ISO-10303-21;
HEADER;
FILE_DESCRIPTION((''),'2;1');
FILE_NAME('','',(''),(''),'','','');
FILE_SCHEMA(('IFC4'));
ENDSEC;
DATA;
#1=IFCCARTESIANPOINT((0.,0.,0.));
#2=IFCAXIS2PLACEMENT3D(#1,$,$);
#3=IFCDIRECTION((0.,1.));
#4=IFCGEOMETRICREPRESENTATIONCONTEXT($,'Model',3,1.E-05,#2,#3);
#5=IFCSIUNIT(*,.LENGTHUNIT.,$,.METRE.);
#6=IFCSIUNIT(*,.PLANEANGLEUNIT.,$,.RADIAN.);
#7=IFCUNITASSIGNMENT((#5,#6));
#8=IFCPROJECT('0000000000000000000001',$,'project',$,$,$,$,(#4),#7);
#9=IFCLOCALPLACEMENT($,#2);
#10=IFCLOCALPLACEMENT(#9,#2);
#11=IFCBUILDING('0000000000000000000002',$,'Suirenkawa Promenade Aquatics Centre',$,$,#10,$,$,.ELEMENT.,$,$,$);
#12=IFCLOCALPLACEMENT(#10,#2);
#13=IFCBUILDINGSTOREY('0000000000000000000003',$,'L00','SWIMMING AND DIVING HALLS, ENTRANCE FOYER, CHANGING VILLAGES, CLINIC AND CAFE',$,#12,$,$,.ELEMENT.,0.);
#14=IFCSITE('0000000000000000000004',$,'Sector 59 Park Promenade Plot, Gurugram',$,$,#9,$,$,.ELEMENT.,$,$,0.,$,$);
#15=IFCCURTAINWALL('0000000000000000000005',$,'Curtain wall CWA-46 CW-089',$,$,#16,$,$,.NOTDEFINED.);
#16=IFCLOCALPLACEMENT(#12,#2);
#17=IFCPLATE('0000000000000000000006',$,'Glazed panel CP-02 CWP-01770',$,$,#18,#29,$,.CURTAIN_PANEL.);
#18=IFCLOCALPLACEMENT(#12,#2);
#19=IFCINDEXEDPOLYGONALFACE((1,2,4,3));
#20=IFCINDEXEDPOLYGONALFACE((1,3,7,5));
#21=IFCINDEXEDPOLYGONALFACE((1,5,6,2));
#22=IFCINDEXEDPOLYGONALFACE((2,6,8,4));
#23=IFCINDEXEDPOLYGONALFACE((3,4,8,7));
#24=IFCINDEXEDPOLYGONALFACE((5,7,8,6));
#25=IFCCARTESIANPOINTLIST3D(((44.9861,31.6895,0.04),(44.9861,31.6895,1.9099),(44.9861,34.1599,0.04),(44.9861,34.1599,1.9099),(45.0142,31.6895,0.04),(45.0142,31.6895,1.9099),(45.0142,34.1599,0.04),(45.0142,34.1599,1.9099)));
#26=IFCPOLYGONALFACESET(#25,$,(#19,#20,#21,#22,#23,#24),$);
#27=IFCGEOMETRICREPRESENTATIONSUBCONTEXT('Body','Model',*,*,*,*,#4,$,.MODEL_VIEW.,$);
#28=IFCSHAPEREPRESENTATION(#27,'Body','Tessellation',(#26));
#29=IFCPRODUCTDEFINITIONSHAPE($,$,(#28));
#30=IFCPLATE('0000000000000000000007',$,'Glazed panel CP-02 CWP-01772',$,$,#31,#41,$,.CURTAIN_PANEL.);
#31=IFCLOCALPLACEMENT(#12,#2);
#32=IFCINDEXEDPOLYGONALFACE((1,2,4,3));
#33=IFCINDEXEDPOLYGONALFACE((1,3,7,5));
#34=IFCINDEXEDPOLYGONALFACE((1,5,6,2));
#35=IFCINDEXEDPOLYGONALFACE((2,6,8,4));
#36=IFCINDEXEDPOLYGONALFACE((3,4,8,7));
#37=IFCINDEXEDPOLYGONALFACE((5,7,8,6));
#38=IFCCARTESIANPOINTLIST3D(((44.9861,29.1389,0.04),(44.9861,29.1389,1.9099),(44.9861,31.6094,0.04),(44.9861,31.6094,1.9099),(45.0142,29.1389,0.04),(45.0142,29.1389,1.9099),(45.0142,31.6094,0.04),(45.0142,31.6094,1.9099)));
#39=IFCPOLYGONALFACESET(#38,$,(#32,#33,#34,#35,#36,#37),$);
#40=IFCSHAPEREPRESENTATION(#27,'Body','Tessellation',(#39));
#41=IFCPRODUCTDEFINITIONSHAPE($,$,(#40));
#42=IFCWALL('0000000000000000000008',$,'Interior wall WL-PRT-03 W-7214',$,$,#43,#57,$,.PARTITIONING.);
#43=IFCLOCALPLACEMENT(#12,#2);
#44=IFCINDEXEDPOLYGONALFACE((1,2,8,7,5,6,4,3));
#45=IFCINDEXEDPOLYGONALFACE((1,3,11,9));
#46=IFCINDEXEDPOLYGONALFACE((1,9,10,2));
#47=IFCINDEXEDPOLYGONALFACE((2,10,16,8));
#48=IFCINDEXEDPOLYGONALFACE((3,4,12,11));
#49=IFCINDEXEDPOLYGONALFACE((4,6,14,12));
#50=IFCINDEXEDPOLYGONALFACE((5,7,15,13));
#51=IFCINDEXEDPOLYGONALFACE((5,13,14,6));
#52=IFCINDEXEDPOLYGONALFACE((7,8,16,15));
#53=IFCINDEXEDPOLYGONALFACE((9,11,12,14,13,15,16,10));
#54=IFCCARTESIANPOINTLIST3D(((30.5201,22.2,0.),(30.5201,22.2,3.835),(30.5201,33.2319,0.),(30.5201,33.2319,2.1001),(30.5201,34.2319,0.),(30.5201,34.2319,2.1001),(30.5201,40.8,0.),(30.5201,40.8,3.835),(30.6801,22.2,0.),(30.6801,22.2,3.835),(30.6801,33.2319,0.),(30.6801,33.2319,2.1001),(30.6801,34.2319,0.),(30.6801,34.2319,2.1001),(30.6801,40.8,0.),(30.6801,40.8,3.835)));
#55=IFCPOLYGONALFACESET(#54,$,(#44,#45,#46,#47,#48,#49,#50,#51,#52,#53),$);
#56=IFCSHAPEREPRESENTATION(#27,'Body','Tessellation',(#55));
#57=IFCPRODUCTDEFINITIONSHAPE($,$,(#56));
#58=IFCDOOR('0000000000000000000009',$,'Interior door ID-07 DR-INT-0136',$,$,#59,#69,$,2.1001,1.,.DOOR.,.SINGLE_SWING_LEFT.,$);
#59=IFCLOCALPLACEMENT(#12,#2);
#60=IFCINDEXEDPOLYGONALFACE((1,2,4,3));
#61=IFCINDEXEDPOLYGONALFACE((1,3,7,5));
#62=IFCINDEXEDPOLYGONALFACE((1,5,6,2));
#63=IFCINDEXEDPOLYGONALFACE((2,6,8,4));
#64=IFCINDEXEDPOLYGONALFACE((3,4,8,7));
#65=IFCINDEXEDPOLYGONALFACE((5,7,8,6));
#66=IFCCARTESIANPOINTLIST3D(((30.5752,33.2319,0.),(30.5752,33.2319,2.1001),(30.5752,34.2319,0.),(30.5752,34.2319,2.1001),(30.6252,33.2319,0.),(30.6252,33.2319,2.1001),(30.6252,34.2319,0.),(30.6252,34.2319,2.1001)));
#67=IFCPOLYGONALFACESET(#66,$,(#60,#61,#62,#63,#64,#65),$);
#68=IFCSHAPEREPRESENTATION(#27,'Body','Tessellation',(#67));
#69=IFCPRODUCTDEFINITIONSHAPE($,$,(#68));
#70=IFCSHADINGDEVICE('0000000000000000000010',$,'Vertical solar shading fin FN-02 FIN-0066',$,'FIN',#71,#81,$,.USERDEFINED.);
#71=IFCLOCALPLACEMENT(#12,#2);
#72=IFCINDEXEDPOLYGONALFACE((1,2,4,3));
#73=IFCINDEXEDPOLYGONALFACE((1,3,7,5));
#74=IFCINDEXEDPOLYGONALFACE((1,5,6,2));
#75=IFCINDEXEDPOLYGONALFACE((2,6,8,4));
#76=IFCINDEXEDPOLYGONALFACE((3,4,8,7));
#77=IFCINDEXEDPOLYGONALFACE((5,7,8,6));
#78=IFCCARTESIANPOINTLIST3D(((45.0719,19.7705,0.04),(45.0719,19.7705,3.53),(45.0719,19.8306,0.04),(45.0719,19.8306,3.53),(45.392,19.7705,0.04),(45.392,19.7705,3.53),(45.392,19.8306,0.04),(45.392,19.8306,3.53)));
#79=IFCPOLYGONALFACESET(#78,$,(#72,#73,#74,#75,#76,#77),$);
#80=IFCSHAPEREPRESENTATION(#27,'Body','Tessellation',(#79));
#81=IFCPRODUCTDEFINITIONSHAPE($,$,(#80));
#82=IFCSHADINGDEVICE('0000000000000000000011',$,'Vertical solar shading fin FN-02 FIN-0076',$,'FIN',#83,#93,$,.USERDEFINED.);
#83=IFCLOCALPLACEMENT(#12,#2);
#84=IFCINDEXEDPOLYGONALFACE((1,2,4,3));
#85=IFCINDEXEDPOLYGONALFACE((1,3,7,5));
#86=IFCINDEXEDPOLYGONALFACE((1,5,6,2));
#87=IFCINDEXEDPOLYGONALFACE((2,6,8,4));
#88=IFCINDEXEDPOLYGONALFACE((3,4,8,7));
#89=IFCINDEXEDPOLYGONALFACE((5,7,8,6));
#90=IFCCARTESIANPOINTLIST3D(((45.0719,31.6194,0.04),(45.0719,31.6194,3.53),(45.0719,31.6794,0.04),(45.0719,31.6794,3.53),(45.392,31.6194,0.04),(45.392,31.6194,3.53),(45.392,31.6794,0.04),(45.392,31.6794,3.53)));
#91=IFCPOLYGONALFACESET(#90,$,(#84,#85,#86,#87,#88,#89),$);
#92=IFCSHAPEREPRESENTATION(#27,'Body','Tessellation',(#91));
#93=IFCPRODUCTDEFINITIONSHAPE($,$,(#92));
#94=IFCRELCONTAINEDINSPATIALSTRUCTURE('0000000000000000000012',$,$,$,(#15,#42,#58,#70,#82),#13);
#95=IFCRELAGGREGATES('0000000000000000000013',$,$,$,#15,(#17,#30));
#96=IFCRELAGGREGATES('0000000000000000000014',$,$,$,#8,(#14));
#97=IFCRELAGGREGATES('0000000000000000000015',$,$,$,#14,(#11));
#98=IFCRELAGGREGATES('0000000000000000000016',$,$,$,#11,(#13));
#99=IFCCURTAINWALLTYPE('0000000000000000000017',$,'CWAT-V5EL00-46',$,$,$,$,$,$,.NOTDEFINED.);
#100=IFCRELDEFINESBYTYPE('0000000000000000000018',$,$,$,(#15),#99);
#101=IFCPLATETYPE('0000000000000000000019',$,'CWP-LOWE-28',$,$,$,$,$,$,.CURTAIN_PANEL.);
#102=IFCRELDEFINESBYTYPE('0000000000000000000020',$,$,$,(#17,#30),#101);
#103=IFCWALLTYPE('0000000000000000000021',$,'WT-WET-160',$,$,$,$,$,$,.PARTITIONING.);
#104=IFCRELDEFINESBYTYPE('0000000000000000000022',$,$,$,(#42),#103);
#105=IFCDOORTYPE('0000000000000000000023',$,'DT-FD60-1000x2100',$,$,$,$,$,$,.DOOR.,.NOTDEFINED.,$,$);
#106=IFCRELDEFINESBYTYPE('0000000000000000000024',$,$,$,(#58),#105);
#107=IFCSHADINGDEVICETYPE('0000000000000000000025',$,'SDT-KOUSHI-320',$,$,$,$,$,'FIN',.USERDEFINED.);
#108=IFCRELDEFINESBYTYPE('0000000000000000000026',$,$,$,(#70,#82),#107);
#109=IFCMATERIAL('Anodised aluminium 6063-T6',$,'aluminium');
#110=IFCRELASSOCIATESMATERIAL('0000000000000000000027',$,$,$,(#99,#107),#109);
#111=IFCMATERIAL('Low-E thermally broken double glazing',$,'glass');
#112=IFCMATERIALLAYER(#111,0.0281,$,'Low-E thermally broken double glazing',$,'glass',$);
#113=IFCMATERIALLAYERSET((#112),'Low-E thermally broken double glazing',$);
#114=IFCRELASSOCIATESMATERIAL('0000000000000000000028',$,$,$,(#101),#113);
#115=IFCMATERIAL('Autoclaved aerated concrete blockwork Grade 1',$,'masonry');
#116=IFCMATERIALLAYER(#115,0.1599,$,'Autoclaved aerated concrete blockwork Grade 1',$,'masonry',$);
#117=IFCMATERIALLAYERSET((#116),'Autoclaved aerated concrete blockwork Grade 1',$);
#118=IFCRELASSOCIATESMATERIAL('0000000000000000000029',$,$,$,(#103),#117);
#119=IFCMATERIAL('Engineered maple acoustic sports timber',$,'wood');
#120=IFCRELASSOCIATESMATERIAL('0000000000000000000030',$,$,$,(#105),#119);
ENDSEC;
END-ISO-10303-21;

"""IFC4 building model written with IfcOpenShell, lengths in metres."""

from ifc_helpers import new_model, si_unit, direction, frame, frame_2d, origin, origin_2d, place, context, subcontext, project, spatial, polyline, rectangle, outline, extrude, material, layer, layer_set, type_object, element, fill, aggregate, save


model = new_model("IFC4")

# Units and contexts
model_context = context("Model", 3, precision=1e-05, world=origin(), true_north=direction((0.0, 1.0)))
body_context = subcontext(model_context, "Body", "Model", "MODEL_VIEW")
ifc_project = project(units=[si_unit("LENGTHUNIT", "METRE"), si_unit("PLANEANGLEUNIT", "RADIAN")], contexts=[model_context])

# Site, building, storey
site_placement = place(None, origin())
site = spatial("IfcSite", under=ifc_project, at=site_placement, Name="Sector 59 Park Promenade Plot, Gurugram", CompositionType="ELEMENT", RefElevation=0.0)
building_placement = place(site_placement, origin())
building = spatial("IfcBuilding", under=site, at=building_placement, Name="Suirenkawa Promenade Aquatics Centre", CompositionType="ELEMENT")
storey_placement = place(building_placement, origin())
storey = spatial("IfcBuildingStorey", under=building, at=storey_placement, Name="L00", Description="SWIMMING AND DIVING HALLS, ENTRANCE FOYER, CHANGING VILLAGES, CLINIC AND CAFE", CompositionType="ELEMENT", Elevation=0.0)

# Shared definitions
ifc_material_1 = material(Name="Anodised aluminium 6063-T6", Category="aluminium")

# Curtain wall
curtain_wall_type_1 = type_object("IfcCurtainWallType", Name="CWAT-V5EL00-46", PredefinedType="NOTDEFINED", material=ifc_material_1)
curtain_wall_1_placement = place(storey_placement, origin())
curtain_wall_1 = element("IfcCurtainWall", 1, at=curtain_wall_1_placement, inside=storey, type_object=curtain_wall_type_1, Name="Curtain wall CWA-46 CW-089", PredefinedType="NOTDEFINED")

# Plates
ifc_material_2 = material(Name="Low-E thermally broken double glazing", Category="glass")
ifc_layer_1 = layer(ifc_material_2, 0.0281, Name="Low-E thermally broken double glazing", Category="glass")
ifc_layer_set_1 = layer_set([ifc_layer_1], Name="Low-E thermally broken double glazing")
plate_type = type_object("IfcPlateType", Name="CWP-LOWE-28", PredefinedType="CURTAIN_PANEL", material=ifc_layer_set_1)
plate_1_placement = place(storey_placement, frame((45.0, 34.2, 0.04), z_axis=(0.0, 0.0, 1.0), x_axis=(0.0, -1.0, 0.0)))
plate_1 = element("IfcPlate", 2, at=plate_1_placement, type_object=plate_type, Name="Glazed panel CP-02 CWP-01770", PredefinedType="CURTAIN_PANEL", context=body_context, shape_type="SweptSolid", body=[
    extrude(outline(polyline([(0.04, 0.0), (2.5105, 0.0), (2.5105, 1.8699), (0.04, 1.8699), (0.04, 0.0)])), frame((0.0, 0.0142, 0.0), z_axis=(0.0, -1.0, 0.0), x_axis=(1.0, 0.0, 0.0)), (0.0, 0.0, 1.0), 0.0281),
])
plate_2_placement = place(storey_placement, frame((45.0, 31.6494, 0.04), z_axis=(0.0, 0.0, 1.0), x_axis=(0.0, -1.0, 0.0)))
plate_2 = element("IfcPlate", 3, at=plate_2_placement, type_object=plate_type, Name="Glazed panel CP-02 CWP-01772", PredefinedType="CURTAIN_PANEL", context=body_context, shape_type="SweptSolid", body=[
    extrude(outline(polyline([(0.04, 0.0), (2.5105, 0.0), (2.5105, 1.8699), (0.04, 1.8699), (0.04, 0.0)])), frame((0.0, 0.0142, 0.0), z_axis=(0.0, -1.0, 0.0), x_axis=(1.0, 0.0, 0.0)), (0.0, 0.0, 1.0), 0.0281),
])
aggregate(curtain_wall_1, [plate_1, plate_2])

# Wall, opening, door
ifc_material_3 = material(Name="Autoclaved aerated concrete blockwork Grade 1", Category="masonry")
ifc_layer_2 = layer(ifc_material_3, 0.1599, Name="Autoclaved aerated concrete blockwork Grade 1", Category="masonry")
ifc_layer_set_2 = layer_set([ifc_layer_2], Name="Autoclaved aerated concrete blockwork Grade 1")
wall_type_1 = type_object("IfcWallType", Name="WT-WET-160", PredefinedType="PARTITIONING", material=ifc_layer_set_2)
wall_1_placement = place(storey_placement, frame((30.6001, 22.2, 0.0), z_axis=(0.0, 0.0, 1.0), x_axis=(0.0, 1.0, 0.0)))
wall_1 = element("IfcWall", 4, at=wall_1_placement, inside=storey, type_object=wall_type_1, Name="Interior wall WL-PRT-03 W-7214", PredefinedType="PARTITIONING", context=body_context, shape_type="SweptSolid", body=[
    extrude(rectangle(XDim=18.6001, YDim=0.1599, at=frame_2d((9.3, 0.0))), origin(), (0.0, 0.0, 1.0), 3.835),
])
opening_1_placement = place(wall_1_placement, frame((11.032, 0.0, 0.0)))
opening_1 = element("IfcOpeningElement", 5, at=opening_1_placement, cuts=wall_1, PredefinedType="OPENING", context=body_context, shape_type="SweptSolid", body=[
    extrude(rectangle(XDim=1.0, YDim=2.1001, at=frame_2d((0.5, 1.05))), frame((0.0, 0.0898, 0.0), z_axis=(0.0, -1.0, 0.0), x_axis=(1.0, 0.0, 0.0)), (0.0, 0.0, 1.0), 0.1799),
])
ifc_material_4 = material(Name="Engineered maple acoustic sports timber", Category="wood")
door_type_1 = type_object("IfcDoorType", Name="DT-FD60-1000x2100", OperationType="NOTDEFINED", PredefinedType="DOOR", material=ifc_material_4)
door_1_placement = place(opening_1_placement, origin())
door_1 = element("IfcDoor", 6, at=door_1_placement, inside=storey, type_object=door_type_1, Name="Interior door ID-07 DR-INT-0136", OperationType="SINGLE_SWING_LEFT", OverallHeight=2.1001, OverallWidth=1.0, PredefinedType="DOOR", context=body_context, shape_type="SweptSolid", body=[
    extrude(rectangle(XDim=1.0, YDim=2.1001, at=frame_2d((0.5, 1.05))), frame((0.0, 0.0249, 0.0), z_axis=(0.0, -1.0, 0.0), x_axis=(1.0, 0.0, 0.0)), (0.0, 0.0, 1.0), 0.05),
])
fill(opening_1, door_1)

# Shading devices
shading_device_type = type_object("IfcShadingDeviceType", Name="SDT-KOUSHI-320", ElementType="FIN", PredefinedType="USERDEFINED", material=ifc_material_1)
for number, where, z_axis, x_axis, name in (
    (7, (45.2319, 19.8005, 0.04), (0.0, 0.0, 1.0), (1.0, 0.0, 0.0), "Vertical solar shading fin FN-02 FIN-0066"),
    (8, (45.2319, 31.6494, 0.04), (0.0, 0.0, 1.0), (1.0, 0.0, 0.0), "Vertical solar shading fin FN-02 FIN-0076"),
):
    element("IfcShadingDevice", number, at=place(storey_placement, frame(where, z_axis=z_axis, x_axis=x_axis)), inside=storey, type_object=shading_device_type, Name=name, ObjectType="FIN", PredefinedType="USERDEFINED", context=body_context, shape_type="SweptSolid", body=[
        extrude(rectangle(XDim=0.3201, YDim=0.0601, at=origin_2d()), origin(), (0.0, 0.0, 1.0), 3.49),
    ])

save(model, "model.ifc")
